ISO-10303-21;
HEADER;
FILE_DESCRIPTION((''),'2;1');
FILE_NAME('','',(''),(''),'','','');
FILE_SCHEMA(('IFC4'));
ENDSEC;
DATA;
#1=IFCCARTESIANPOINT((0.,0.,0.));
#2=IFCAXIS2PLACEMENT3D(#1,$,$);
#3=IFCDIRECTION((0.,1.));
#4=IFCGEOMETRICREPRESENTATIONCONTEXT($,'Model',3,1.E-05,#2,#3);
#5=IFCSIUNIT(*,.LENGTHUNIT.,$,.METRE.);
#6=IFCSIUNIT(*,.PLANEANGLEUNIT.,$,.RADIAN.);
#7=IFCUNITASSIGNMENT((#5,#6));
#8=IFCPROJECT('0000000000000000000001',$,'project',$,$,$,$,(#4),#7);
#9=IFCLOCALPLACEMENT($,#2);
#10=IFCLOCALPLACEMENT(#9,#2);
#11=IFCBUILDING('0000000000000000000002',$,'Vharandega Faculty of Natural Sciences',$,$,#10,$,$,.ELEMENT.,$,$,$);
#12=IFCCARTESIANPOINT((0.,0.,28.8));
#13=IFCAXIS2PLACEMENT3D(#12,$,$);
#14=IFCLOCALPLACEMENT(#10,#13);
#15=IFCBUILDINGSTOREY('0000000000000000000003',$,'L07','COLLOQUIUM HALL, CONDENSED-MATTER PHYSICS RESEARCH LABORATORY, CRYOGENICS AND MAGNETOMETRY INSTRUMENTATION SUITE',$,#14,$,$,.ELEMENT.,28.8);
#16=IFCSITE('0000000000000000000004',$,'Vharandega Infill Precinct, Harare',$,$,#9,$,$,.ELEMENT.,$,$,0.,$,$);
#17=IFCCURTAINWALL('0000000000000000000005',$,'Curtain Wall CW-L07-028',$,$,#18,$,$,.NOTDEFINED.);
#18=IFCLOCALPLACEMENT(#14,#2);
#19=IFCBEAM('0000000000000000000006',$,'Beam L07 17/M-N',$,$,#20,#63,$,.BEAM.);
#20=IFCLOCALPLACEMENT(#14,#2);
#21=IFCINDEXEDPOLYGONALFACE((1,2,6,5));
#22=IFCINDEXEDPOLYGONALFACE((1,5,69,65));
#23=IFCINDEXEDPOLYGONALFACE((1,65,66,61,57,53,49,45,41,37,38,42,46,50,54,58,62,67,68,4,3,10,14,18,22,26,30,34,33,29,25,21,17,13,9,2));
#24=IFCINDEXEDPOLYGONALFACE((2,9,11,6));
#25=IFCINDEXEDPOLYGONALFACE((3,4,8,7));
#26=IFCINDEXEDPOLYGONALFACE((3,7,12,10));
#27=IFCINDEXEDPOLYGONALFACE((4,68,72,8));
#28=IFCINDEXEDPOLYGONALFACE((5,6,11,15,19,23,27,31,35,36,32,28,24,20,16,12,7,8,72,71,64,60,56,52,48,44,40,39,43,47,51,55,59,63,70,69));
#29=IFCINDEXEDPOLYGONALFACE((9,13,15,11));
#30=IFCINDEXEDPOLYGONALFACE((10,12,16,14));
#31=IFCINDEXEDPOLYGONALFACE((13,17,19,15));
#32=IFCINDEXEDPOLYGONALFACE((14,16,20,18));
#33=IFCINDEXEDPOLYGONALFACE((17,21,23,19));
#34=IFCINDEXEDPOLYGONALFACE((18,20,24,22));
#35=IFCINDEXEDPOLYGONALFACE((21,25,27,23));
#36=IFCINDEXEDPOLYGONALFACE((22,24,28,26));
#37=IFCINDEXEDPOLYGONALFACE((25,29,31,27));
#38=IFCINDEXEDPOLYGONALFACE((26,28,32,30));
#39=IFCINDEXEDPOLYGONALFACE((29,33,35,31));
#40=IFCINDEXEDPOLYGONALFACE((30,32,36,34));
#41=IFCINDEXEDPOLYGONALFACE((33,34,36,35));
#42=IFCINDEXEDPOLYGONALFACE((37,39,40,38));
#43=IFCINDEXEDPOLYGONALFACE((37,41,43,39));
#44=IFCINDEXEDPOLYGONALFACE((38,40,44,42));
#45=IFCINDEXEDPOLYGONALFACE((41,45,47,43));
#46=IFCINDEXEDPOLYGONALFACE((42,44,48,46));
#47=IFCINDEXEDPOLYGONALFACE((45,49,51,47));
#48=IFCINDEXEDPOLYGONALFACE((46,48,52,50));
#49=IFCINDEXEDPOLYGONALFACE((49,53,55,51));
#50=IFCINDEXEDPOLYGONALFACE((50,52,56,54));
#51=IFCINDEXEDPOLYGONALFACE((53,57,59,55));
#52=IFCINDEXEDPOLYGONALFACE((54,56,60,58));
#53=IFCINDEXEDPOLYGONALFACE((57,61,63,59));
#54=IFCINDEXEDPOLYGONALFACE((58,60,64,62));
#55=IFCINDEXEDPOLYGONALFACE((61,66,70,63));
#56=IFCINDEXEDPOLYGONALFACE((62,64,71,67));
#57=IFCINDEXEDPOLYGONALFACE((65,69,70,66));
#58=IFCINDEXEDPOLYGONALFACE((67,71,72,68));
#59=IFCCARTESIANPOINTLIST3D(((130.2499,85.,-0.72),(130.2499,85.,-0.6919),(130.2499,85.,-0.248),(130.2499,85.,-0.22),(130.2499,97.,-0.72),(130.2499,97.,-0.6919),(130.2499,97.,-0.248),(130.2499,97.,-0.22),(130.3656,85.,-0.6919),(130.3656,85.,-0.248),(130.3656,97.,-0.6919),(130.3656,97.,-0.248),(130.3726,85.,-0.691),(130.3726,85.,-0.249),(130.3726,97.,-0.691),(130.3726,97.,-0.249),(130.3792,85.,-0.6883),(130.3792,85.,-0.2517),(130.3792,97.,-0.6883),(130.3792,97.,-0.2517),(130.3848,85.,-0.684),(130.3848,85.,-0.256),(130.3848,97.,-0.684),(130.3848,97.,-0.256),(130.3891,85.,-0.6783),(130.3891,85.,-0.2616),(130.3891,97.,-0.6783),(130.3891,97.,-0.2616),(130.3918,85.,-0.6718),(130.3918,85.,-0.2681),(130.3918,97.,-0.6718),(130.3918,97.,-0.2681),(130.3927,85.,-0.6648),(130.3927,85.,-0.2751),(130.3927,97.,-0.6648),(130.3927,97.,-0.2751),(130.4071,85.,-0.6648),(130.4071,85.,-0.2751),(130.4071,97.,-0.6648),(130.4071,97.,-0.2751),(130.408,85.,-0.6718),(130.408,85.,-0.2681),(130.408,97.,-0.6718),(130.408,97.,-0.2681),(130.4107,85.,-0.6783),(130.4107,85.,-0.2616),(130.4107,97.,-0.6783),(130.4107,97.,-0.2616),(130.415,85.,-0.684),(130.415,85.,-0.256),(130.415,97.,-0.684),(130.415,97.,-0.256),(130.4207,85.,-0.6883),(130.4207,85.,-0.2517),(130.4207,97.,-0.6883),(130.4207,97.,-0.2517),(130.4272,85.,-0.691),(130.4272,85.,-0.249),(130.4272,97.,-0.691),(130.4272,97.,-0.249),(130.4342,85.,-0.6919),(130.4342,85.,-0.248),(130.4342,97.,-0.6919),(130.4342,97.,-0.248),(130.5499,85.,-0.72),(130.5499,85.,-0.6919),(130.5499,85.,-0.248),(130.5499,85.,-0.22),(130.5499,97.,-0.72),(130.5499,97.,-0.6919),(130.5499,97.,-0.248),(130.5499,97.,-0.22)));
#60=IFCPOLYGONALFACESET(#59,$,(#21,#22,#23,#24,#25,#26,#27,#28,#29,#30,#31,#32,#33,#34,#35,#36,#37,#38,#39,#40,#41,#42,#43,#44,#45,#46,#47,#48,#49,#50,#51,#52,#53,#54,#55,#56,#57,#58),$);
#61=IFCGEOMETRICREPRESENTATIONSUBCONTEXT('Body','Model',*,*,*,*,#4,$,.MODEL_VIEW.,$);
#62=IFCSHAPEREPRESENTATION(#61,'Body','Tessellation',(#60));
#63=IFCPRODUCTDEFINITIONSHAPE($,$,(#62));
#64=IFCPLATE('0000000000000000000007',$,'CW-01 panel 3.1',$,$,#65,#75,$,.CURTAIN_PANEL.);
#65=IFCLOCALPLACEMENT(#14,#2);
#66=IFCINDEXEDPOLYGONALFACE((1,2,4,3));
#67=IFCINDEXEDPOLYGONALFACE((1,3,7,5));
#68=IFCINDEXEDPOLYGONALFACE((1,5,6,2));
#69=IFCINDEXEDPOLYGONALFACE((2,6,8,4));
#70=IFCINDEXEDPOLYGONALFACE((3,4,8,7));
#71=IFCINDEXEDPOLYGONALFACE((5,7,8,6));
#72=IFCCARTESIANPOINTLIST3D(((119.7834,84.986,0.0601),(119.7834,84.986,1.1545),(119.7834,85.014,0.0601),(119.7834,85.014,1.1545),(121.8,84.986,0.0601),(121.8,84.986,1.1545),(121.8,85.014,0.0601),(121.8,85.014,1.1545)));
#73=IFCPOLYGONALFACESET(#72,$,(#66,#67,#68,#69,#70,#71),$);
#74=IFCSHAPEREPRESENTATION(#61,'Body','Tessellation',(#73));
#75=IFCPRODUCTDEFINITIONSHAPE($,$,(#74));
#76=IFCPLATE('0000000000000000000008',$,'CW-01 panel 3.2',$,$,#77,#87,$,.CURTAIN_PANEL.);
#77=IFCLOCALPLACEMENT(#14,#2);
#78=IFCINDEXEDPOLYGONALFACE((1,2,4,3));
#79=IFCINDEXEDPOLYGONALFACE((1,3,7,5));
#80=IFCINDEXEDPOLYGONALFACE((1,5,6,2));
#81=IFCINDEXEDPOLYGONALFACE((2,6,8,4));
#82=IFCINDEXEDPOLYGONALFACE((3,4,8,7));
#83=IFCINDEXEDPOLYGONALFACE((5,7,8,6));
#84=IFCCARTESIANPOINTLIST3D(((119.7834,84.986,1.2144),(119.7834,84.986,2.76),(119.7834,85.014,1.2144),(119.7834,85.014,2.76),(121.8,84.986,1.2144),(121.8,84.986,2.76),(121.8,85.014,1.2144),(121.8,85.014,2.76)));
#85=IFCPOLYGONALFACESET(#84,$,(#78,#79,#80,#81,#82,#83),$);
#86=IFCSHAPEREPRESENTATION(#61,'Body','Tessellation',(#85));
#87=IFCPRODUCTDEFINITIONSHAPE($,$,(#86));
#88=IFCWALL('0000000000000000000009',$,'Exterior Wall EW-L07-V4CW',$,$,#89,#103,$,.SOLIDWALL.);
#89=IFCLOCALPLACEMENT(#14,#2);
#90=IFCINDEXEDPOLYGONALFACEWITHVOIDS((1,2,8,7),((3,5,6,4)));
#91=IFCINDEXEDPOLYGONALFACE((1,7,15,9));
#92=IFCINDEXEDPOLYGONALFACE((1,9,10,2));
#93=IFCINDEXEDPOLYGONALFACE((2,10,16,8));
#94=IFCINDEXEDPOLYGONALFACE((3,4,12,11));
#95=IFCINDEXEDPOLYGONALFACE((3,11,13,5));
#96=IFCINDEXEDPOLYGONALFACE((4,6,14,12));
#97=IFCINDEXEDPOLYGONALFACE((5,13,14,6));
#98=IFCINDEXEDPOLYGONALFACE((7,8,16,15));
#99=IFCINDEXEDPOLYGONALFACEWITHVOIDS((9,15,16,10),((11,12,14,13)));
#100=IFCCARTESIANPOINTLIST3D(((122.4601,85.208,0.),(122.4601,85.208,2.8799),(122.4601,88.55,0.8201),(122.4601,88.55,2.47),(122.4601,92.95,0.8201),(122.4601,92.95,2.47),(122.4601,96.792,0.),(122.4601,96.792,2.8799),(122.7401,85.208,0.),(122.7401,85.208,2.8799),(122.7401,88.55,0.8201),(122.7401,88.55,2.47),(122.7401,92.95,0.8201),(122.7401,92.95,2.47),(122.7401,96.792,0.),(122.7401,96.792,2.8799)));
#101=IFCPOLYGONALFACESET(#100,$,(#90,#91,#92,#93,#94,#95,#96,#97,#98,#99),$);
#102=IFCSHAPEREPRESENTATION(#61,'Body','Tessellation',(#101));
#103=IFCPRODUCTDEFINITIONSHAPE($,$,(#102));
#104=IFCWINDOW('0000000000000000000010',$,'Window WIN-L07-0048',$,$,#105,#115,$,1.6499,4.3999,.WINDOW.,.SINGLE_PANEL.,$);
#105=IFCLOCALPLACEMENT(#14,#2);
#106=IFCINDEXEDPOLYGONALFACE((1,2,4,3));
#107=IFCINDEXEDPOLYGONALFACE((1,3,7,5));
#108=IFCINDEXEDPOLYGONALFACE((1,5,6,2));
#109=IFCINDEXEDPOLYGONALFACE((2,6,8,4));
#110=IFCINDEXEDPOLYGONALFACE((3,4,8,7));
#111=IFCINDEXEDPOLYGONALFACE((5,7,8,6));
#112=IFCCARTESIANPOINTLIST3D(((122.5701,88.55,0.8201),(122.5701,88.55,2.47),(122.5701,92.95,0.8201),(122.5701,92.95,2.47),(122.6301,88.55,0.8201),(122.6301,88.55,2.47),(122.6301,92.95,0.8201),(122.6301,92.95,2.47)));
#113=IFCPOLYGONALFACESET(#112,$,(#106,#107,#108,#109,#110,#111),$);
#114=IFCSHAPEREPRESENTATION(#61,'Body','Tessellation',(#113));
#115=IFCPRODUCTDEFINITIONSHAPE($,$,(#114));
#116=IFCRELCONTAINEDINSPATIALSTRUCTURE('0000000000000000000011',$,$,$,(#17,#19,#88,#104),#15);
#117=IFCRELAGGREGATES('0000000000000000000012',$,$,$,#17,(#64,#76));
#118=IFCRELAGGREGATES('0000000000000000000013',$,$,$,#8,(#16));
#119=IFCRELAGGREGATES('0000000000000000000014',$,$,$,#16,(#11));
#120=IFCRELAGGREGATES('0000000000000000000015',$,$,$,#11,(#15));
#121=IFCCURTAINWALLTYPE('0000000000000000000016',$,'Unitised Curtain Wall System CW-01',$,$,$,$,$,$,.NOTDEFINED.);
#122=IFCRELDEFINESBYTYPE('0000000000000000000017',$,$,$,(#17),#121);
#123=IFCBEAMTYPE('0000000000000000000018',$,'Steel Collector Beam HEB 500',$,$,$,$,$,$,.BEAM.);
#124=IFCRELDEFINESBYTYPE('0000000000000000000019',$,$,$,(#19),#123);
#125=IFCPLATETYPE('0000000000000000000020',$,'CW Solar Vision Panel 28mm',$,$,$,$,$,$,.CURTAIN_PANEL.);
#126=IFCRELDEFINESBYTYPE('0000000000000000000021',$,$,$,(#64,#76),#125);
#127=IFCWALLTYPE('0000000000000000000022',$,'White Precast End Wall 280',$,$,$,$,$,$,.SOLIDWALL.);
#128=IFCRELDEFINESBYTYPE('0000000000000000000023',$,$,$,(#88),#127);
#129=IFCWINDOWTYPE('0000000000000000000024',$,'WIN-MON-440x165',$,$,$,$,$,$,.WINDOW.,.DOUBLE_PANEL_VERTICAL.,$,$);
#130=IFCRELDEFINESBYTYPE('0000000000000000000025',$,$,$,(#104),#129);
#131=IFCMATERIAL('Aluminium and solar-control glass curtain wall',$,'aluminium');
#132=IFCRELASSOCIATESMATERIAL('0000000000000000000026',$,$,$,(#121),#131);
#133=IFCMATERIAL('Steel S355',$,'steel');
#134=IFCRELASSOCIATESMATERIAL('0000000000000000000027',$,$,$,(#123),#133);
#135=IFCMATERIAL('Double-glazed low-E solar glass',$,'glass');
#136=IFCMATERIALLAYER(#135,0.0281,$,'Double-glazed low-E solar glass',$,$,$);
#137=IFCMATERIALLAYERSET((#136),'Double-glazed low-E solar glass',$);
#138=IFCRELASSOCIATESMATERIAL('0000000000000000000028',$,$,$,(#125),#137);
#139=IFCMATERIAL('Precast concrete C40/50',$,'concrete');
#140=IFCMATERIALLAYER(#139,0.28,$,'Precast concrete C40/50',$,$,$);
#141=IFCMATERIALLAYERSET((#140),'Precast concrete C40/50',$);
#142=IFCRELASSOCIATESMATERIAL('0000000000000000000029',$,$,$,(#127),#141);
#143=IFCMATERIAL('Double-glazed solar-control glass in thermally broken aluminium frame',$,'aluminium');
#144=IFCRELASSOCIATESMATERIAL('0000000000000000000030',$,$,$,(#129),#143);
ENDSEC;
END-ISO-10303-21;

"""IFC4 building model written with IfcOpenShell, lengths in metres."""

from ifc_helpers import new_model, si_unit, direction, frame, frame_2d, origin, origin_2d, place, context, subcontext, project, spatial, rectangle, i_section, extrude, material, layer, layer_set, material_profile, profile_set, type_object, element, fill, aggregate, save


model = new_model("IFC4")

# Units and contexts
model_context = context("Model", 3, precision=1e-05, world=origin(), true_north=direction((0.0, 1.0)))
body_context = subcontext(model_context, "Body", "Model", "MODEL_VIEW")
ifc_project = project(units=[si_unit("LENGTHUNIT", "METRE"), si_unit("PLANEANGLEUNIT", "RADIAN")], contexts=[model_context])

# Site, building, storey
site_placement = place(None, origin())
site = spatial("IfcSite", under=ifc_project, at=site_placement, Name="Vharandega Infill Precinct, Harare", CompositionType="ELEMENT", RefElevation=0.0)
building_placement = place(site_placement, origin())
building = spatial("IfcBuilding", under=site, at=building_placement, Name="Vharandega Faculty of Natural Sciences", CompositionType="ELEMENT")
storey_placement = place(building_placement, frame((0.0, 0.0, 28.8)))
storey = spatial("IfcBuildingStorey", under=building, at=storey_placement, Name="L07", Description="COLLOQUIUM HALL, CONDENSED-MATTER PHYSICS RESEARCH LABORATORY, CRYOGENICS AND MAGNETOMETRY INSTRUMENTATION SUITE", CompositionType="ELEMENT", Elevation=28.8)

# Curtain wall
ifc_material_1 = material(Name="Aluminium and solar-control glass curtain wall", Category="aluminium")
curtain_wall_type = type_object("IfcCurtainWallType", Name="Unitised Curtain Wall System CW-01", PredefinedType="NOTDEFINED", material=ifc_material_1)
curtain_wall_placement = place(storey_placement, origin())
curtain_wall = element("IfcCurtainWall", 1, at=curtain_wall_placement, inside=storey, type_object=curtain_wall_type, Name="Curtain Wall CW-L07-028", PredefinedType="NOTDEFINED")

# Beam
ifc_material_2 = material(Name="Steel S355", Category="steel")
ifc_material_profile_1 = material_profile(ifc_material_2, i_section(OverallWidth=0.3, OverallDepth=0.5, WebThickness=0.0144, FlangeThickness=0.0281, FilletRadius=0.0271, at=origin_2d()), Name="HEB 500")
ifc_profile_set_1 = profile_set([ifc_material_profile_1], Name="Steel S355")
beam_type_1 = type_object("IfcBeamType", Name="Steel Collector Beam HEB 500", PredefinedType="BEAM", material=ifc_profile_set_1)
for number, where, z_axis, x_axis, name in (
    (2, (130.3999, 85.0, -0.47), (0.0, 1.0, 0.0), (-1.0, 0.0, 0.0), "Beam L07 17/M-N"),
):
    element("IfcBeam", number, at=place(storey_placement, frame(where, z_axis=z_axis, x_axis=x_axis)), inside=storey, type_object=beam_type_1, Name=name, PredefinedType="BEAM", context=body_context, shape_type="SweptSolid", body=[
        extrude(i_section(OverallWidth=0.3, OverallDepth=0.5, WebThickness=0.0144, FlangeThickness=0.0281, FilletRadius=0.0271, at=origin_2d()), origin(), (0.0, 0.0, 1.0), 12.0),
    ])

# Plates
ifc_material_3 = material(Name="Double-glazed low-E solar glass", Category="glass")
ifc_layer_1 = layer(ifc_material_3, 0.0281, Name="Double-glazed low-E solar glass")
ifc_layer_set_1 = layer_set([ifc_layer_1], Name="Double-glazed low-E solar glass")
plate_type = type_object("IfcPlateType", Name="CW Solar Vision Panel 28mm", PredefinedType="CURTAIN_PANEL", material=ifc_layer_set_1)
plate_1_placement = place(storey_placement, frame((120.7917, 85.0, 0.0601), z_axis=(0.0, 0.0, 1.0), x_axis=(1.0, 0.0, 0.0)))
plate_1 = element("IfcPlate", 3, at=plate_1_placement, type_object=plate_type, Name="CW-01 panel 3.1", PredefinedType="CURTAIN_PANEL", context=body_context, shape_type="SweptSolid", body=[
    extrude(rectangle(XDim=2.0166, YDim=0.0281, at=origin_2d()), origin(), (0.0, 0.0, 1.0), 1.0945),
])
plate_2_placement = place(storey_placement, frame((120.7917, 85.0, 1.2144), z_axis=(0.0, 0.0, 1.0), x_axis=(1.0, 0.0, 0.0)))
plate_2 = element("IfcPlate", 4, at=plate_2_placement, type_object=plate_type, Name="CW-01 panel 3.2", PredefinedType="CURTAIN_PANEL", context=body_context, shape_type="SweptSolid", body=[
    extrude(rectangle(XDim=2.0166, YDim=0.0281, at=origin_2d()), origin(), (0.0, 0.0, 1.0), 1.5457),
])
aggregate(curtain_wall, [plate_1, plate_2])

# Wall, opening, window
ifc_material_4 = material(Name="Precast concrete C40/50", Category="concrete")
ifc_layer_2 = layer(ifc_material_4, 0.28, Name="Precast concrete C40/50")
ifc_layer_set_2 = layer_set([ifc_layer_2], Name="Precast concrete C40/50")
wall_type = type_object("IfcWallType", Name="White Precast End Wall 280", PredefinedType="SOLIDWALL", material=ifc_layer_set_2)
wall_placement = place(storey_placement, frame((122.6001, 85.208, 0.0), z_axis=(0.0, 0.0, 1.0), x_axis=(0.0, 1.0, 0.0)))
wall = element("IfcWall", 5, at=wall_placement, inside=storey, type_object=wall_type, Name="Exterior Wall EW-L07-V4CW", PredefinedType="SOLIDWALL", context=body_context, shape_type="SweptSolid", body=[
    extrude(rectangle(XDim=11.584, YDim=0.28, at=frame_2d((5.792, 0.0))), origin(), (0.0, 0.0, 1.0), 2.8799),
])
opening_placement = place(wall_placement, frame((3.342, 0.0, 0.8201)))
opening = element("IfcOpeningElement", 6, at=opening_placement, cuts=wall, PredefinedType="OPENING", context=body_context, shape_type="SweptSolid", body=[
    extrude(rectangle(XDim=4.3999, YDim=1.6499, at=frame_2d((2.2, 0.825))), frame((0.0, 0.1499, 0.0), z_axis=(0.0, -1.0, 0.0), x_axis=(1.0, 0.0, 0.0)), (0.0, 0.0, 1.0), 0.3),
])
ifc_material_5 = material(Name="Double-glazed solar-control glass in thermally broken aluminium frame", Category="aluminium")
window_type = type_object("IfcWindowType", Name="WIN-MON-440x165", PartitioningType="DOUBLE_PANEL_VERTICAL", PredefinedType="WINDOW", material=ifc_material_5)
window_placement = place(opening_placement, origin())
window = element("IfcWindow", 7, at=window_placement, inside=storey, type_object=window_type, Name="Window WIN-L07-0048", OverallHeight=1.6499, OverallWidth=4.3999, PartitioningType="SINGLE_PANEL", PredefinedType="WINDOW", context=body_context, shape_type="SweptSolid", body=[
    extrude(rectangle(XDim=4.3999, YDim=1.6499, at=frame_2d((2.2, 0.825))), frame((0.0, 0.03, 0.0), z_axis=(0.0, -1.0, 0.0), x_axis=(1.0, 0.0, 0.0)), (0.0, 0.0, 1.0), 0.0601),
])
fill(opening, window)

save(model, "model.ifc")
